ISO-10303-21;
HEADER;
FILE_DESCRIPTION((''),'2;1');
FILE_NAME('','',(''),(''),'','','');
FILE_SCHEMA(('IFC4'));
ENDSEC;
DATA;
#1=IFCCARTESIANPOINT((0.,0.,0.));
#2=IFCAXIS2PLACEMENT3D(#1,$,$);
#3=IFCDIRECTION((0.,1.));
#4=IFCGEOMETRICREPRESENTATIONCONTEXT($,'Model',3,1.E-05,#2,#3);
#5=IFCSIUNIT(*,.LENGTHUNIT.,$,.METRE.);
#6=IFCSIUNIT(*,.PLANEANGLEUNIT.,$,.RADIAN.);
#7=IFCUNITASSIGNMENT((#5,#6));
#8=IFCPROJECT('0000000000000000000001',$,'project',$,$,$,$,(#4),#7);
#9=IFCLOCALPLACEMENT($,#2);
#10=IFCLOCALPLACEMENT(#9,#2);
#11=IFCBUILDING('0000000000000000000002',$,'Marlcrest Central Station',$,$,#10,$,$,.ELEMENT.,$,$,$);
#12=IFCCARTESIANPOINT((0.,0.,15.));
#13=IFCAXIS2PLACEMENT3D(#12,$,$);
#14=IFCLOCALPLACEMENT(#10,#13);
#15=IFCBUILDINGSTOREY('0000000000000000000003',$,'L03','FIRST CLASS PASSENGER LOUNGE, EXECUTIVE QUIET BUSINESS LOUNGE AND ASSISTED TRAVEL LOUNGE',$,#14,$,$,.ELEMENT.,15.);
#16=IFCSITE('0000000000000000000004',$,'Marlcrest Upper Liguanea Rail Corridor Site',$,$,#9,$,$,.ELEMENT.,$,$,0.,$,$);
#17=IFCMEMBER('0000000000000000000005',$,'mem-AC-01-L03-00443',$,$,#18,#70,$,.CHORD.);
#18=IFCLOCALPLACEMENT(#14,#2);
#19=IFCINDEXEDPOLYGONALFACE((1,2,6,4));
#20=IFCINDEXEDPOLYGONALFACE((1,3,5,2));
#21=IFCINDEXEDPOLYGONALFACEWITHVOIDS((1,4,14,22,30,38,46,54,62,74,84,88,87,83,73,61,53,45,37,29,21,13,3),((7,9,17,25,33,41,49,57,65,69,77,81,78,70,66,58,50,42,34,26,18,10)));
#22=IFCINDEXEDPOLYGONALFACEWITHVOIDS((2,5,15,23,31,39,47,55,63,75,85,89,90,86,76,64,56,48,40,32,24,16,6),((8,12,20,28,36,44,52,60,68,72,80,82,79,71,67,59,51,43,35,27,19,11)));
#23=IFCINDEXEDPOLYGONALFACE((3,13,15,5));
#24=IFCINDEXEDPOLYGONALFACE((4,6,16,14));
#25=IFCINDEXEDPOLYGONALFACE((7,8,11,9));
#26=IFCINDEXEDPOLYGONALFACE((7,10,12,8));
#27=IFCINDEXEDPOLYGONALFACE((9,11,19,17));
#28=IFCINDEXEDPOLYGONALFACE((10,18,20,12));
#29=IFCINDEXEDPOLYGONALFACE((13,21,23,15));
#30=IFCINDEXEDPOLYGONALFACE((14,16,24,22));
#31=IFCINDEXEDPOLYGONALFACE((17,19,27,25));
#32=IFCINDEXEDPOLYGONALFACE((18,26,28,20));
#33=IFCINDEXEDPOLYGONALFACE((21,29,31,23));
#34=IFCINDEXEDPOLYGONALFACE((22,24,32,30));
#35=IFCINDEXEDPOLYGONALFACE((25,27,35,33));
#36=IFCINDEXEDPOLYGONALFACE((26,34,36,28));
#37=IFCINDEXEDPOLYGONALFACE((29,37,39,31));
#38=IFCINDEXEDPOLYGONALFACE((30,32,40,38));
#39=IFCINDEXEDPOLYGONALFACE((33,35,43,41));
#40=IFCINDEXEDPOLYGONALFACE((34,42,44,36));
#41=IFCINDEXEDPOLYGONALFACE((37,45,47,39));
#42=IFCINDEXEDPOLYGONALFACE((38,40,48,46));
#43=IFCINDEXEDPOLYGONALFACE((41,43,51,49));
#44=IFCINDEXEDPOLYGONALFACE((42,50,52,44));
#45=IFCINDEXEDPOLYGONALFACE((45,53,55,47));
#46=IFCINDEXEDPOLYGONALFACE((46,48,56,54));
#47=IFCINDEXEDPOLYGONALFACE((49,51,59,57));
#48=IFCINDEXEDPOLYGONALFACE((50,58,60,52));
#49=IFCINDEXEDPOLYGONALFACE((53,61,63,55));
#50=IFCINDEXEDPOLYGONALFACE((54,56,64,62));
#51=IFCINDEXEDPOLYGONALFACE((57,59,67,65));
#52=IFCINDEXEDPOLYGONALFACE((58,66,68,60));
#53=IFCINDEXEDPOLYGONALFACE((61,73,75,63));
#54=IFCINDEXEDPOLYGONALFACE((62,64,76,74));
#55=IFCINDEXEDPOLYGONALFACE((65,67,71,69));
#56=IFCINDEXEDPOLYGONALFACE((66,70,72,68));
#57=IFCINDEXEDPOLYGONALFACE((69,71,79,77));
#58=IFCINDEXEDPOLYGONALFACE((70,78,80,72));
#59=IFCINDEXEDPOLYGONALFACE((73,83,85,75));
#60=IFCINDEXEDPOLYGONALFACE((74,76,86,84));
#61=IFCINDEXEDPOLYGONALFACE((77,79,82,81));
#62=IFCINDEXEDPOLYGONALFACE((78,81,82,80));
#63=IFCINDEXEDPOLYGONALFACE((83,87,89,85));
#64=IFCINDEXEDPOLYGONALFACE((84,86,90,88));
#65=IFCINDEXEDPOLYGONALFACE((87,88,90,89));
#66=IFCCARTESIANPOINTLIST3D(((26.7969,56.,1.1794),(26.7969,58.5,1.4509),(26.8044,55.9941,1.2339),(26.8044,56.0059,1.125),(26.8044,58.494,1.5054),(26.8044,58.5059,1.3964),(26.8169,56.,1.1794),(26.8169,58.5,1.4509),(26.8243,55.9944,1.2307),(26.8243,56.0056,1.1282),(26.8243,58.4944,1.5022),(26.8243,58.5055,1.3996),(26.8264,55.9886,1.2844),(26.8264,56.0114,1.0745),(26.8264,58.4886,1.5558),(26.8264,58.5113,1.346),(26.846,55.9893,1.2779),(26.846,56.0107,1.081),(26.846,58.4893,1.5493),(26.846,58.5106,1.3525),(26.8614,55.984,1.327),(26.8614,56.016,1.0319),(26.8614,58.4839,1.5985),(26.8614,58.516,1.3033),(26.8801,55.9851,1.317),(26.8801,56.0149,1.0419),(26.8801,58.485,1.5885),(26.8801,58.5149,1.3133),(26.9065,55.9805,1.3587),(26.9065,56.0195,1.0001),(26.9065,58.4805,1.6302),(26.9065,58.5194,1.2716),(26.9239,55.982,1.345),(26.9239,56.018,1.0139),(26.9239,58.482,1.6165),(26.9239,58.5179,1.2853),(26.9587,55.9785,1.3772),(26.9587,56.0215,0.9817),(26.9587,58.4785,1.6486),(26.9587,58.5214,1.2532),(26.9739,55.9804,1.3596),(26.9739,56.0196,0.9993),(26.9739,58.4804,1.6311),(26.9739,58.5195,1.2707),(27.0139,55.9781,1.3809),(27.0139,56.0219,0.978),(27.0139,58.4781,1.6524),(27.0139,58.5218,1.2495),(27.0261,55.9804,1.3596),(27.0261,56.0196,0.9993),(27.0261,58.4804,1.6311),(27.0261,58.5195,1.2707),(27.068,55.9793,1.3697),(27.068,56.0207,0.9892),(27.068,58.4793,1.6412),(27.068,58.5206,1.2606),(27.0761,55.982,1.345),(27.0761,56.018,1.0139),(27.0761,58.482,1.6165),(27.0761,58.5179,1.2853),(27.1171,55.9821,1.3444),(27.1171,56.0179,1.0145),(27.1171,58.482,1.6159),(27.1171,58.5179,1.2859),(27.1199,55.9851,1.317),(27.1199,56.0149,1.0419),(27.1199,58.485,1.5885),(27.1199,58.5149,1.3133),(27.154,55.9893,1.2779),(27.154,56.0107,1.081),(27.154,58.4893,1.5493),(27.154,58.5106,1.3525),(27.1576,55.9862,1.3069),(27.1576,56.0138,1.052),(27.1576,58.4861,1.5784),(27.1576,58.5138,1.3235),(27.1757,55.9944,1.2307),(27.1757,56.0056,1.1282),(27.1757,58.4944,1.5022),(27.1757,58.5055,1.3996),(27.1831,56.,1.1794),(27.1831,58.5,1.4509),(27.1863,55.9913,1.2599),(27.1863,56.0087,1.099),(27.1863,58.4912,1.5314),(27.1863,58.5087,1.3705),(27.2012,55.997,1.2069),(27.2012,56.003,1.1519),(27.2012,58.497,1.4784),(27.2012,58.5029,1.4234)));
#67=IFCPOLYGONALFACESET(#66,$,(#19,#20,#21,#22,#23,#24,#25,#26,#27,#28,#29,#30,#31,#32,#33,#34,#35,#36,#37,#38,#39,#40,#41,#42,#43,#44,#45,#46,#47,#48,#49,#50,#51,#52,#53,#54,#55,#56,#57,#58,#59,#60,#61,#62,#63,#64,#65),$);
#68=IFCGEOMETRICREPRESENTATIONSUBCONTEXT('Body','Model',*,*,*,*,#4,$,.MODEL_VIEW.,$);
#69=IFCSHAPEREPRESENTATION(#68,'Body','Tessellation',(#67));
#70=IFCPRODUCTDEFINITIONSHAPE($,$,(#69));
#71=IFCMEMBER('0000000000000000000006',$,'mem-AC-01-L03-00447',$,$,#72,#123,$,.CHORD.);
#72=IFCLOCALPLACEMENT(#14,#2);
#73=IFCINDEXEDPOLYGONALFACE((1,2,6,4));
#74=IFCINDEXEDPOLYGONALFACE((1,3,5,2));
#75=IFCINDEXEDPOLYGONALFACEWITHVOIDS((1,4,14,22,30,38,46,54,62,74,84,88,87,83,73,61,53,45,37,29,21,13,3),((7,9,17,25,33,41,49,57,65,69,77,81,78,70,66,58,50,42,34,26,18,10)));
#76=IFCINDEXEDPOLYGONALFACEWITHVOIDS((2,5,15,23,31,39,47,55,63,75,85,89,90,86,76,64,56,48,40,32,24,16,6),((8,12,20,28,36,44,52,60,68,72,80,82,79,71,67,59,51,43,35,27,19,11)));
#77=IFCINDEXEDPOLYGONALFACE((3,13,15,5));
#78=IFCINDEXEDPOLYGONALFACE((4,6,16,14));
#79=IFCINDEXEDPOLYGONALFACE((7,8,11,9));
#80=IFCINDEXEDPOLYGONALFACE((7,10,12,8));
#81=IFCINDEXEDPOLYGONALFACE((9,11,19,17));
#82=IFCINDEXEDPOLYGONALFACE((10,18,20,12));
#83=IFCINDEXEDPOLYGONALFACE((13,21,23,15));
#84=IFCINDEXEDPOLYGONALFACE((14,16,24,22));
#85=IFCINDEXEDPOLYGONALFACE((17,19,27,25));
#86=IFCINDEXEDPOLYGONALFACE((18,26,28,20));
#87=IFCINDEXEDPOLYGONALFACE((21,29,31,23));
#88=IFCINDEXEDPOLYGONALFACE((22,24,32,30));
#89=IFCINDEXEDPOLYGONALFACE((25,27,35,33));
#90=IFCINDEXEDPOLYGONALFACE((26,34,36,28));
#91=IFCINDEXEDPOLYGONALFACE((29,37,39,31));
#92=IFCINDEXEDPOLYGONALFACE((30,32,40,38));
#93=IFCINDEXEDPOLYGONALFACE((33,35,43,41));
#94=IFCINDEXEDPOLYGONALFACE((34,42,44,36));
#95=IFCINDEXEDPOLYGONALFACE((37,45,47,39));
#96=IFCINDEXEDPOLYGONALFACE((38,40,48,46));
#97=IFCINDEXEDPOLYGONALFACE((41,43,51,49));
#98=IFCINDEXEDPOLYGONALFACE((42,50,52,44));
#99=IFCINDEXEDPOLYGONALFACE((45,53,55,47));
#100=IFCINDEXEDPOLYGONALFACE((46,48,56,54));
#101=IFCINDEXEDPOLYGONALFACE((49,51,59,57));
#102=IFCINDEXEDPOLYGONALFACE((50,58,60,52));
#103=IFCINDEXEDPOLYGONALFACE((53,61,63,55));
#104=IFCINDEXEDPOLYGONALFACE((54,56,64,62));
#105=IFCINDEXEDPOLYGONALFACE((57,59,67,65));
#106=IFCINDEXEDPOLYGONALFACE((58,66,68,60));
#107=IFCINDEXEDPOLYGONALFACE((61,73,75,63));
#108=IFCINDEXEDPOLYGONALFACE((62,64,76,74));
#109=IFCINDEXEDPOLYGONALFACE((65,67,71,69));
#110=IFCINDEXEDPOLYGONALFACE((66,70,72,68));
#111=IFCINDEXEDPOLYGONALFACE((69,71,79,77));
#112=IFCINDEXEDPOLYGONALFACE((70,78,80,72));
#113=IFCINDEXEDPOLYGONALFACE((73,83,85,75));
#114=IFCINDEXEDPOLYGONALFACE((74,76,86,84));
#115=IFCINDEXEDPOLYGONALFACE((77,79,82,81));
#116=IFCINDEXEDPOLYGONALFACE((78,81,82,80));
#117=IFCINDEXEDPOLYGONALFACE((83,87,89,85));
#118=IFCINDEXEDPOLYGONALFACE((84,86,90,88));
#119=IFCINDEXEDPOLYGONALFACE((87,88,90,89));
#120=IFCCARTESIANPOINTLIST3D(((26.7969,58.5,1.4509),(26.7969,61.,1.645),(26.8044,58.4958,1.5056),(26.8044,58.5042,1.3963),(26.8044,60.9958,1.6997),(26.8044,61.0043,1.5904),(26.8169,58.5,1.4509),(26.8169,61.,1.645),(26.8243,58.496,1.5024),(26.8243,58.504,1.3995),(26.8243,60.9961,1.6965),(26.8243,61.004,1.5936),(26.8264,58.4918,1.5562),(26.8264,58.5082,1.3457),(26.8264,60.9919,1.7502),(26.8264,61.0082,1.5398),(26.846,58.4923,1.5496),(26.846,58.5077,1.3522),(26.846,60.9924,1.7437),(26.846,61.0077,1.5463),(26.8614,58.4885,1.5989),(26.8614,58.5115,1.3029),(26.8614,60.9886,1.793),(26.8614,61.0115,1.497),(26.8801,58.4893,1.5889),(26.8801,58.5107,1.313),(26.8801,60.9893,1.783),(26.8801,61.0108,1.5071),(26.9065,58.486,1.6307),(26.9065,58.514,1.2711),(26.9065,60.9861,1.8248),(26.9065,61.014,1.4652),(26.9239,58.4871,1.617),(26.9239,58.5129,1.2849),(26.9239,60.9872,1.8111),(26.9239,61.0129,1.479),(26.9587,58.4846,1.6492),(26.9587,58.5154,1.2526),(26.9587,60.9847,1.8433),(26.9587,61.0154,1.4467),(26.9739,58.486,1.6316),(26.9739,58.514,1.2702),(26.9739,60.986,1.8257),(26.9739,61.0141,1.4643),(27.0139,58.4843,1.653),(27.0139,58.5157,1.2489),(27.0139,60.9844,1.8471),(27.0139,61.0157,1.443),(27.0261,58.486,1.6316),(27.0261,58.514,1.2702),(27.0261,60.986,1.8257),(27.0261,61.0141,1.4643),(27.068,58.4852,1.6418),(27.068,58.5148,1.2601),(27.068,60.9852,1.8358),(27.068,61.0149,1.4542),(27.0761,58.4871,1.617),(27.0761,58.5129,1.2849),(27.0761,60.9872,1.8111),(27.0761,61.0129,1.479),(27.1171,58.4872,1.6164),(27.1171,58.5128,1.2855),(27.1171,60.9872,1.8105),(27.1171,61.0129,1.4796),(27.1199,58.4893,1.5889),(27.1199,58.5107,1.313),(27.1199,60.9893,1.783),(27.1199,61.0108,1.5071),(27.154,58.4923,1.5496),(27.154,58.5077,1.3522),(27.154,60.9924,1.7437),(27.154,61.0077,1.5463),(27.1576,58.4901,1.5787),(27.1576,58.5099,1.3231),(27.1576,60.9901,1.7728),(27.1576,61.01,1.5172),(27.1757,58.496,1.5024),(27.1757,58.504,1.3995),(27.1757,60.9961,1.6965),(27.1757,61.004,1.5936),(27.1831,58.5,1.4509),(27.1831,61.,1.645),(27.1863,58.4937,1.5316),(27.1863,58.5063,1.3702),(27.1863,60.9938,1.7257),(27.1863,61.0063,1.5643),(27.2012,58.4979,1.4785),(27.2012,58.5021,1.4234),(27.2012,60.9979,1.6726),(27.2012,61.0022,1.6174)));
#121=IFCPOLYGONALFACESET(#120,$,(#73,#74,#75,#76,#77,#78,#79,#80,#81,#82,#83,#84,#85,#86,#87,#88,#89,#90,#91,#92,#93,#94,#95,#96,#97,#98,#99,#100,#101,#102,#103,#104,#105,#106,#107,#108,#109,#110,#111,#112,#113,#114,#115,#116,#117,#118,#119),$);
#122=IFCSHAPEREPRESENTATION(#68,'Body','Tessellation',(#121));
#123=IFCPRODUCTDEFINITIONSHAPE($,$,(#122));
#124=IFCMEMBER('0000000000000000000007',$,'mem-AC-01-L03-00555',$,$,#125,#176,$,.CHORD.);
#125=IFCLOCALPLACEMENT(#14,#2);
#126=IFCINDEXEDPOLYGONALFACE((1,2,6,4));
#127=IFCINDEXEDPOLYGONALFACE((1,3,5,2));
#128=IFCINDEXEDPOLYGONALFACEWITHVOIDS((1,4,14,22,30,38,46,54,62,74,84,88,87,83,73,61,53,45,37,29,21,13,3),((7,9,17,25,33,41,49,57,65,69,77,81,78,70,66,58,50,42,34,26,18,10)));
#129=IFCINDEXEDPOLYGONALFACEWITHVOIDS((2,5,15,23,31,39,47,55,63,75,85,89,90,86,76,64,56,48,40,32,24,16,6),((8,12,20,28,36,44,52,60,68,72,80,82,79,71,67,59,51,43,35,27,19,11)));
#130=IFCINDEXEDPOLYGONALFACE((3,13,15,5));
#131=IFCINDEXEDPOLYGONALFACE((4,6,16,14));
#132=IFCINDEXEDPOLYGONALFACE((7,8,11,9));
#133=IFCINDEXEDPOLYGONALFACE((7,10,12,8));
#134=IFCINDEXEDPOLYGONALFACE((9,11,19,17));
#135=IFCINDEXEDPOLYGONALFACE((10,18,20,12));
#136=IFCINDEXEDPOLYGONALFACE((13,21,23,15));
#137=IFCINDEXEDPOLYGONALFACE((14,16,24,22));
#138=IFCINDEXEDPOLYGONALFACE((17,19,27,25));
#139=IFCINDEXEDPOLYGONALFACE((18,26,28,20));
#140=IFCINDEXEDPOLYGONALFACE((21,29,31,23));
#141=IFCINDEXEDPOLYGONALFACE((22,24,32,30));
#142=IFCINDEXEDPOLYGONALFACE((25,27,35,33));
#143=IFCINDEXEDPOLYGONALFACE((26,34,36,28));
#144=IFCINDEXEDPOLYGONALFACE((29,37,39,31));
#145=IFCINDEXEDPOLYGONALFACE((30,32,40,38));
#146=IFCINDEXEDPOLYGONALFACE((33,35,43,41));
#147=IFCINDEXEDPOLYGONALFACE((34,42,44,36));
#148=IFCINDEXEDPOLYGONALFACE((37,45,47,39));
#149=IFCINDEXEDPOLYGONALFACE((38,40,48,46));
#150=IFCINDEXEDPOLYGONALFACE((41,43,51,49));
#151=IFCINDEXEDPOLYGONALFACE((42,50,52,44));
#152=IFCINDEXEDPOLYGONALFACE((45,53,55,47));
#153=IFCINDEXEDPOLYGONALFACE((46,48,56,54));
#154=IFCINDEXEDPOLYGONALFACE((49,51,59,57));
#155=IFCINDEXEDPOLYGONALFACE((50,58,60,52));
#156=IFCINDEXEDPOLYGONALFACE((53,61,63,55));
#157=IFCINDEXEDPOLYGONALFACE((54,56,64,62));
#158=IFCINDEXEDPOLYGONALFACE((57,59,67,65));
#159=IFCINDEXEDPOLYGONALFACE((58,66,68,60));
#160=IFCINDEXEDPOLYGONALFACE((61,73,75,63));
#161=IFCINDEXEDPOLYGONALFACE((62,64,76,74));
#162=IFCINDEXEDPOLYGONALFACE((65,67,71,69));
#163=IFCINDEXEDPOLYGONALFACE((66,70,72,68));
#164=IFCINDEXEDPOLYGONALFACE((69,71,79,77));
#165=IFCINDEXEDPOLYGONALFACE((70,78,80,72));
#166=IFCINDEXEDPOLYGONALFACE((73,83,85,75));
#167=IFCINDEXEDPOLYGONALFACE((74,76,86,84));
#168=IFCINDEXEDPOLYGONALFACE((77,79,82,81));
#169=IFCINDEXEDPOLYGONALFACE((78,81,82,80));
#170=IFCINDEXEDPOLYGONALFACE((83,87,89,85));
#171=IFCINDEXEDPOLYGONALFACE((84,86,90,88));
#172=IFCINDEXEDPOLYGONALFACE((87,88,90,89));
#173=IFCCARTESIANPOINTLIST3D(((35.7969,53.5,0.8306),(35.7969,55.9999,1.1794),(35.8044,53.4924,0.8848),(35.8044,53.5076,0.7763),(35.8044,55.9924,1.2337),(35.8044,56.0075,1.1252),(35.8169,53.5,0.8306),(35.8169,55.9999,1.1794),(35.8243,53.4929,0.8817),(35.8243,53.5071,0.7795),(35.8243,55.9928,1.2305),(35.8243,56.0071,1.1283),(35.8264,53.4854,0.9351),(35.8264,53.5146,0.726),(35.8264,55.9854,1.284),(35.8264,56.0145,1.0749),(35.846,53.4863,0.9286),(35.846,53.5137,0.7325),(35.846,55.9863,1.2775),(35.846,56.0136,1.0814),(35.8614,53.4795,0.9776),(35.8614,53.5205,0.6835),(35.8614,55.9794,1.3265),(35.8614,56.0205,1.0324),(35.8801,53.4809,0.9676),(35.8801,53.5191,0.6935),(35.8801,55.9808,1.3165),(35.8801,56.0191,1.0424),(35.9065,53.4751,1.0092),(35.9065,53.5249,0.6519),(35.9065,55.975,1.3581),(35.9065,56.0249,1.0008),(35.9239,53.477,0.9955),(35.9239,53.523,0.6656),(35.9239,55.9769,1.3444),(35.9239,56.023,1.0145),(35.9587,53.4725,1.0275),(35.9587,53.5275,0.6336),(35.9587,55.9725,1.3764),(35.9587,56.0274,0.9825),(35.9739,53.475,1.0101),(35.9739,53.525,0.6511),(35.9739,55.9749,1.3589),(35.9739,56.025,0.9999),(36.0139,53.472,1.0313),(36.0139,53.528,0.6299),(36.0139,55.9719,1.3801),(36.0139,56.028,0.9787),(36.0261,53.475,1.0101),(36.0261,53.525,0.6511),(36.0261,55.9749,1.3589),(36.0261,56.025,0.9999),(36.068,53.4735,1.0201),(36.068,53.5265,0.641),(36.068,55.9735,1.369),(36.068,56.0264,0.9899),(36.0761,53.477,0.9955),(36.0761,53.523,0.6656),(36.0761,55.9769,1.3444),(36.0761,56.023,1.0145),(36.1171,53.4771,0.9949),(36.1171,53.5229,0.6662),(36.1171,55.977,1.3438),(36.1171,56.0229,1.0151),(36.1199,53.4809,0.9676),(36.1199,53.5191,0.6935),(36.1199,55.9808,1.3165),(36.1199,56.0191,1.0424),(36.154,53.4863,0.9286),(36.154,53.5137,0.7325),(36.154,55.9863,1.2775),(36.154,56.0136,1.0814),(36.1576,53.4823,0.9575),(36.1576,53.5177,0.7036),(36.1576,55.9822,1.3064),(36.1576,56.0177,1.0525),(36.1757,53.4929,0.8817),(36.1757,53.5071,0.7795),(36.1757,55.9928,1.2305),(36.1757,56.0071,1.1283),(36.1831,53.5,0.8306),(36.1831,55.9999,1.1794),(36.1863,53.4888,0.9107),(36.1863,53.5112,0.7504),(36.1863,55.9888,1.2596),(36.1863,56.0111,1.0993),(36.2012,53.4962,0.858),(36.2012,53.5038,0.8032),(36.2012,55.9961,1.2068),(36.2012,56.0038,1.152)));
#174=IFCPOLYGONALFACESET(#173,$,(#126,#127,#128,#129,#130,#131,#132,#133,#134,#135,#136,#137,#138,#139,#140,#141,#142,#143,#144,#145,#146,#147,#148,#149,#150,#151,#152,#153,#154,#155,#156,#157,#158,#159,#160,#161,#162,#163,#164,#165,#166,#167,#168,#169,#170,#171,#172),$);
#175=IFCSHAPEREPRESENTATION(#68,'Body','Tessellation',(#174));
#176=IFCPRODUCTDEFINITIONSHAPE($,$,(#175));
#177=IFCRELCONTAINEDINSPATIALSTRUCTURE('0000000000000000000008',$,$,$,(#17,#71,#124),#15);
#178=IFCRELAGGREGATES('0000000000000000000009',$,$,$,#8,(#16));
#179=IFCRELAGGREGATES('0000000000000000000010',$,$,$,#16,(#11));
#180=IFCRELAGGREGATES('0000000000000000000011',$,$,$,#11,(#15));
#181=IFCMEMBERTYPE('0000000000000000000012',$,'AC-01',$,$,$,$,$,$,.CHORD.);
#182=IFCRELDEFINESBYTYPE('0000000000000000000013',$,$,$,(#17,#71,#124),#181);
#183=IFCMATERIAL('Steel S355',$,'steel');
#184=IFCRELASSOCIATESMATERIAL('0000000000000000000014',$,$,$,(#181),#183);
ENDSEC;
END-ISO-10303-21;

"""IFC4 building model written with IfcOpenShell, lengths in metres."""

from ifc_helpers import new_model, si_unit, direction, frame, origin, origin_2d, place, context, subcontext, project, spatial, hollow_circle, extrude, material, material_profile, profile_set, type_object, element, save


model = new_model("IFC4")

# Units and contexts
model_context = context("Model", 3, precision=1e-05, world=origin(), true_north=direction((0.0, 1.0)))
body_context = subcontext(model_context, "Body", "Model", "MODEL_VIEW")
ifc_project = project(units=[si_unit("LENGTHUNIT", "METRE"), si_unit("PLANEANGLEUNIT", "RADIAN")], contexts=[model_context])

# Site, building, storey
site_placement = place(None, origin())
site = spatial("IfcSite", under=ifc_project, at=site_placement, Name="Marlcrest Upper Liguanea Rail Corridor Site", CompositionType="ELEMENT", RefElevation=0.0)
building_placement = place(site_placement, origin())
building = spatial("IfcBuilding", under=site, at=building_placement, Name="Marlcrest Central Station", CompositionType="ELEMENT")
storey_placement = place(building_placement, frame((0.0, 0.0, 15.0)))
storey = spatial("IfcBuildingStorey", under=building, at=storey_placement, Name="L03", Description="FIRST CLASS PASSENGER LOUNGE, EXECUTIVE QUIET BUSINESS LOUNGE AND ASSISTED TRAVEL LOUNGE", CompositionType="ELEMENT", Elevation=15.0)

# Members
ifc_material_1 = material(Name="Steel S355", Category="steel")
ifc_material_profile_1 = material_profile(ifc_material_1, hollow_circle(Radius=0.2031, WallThickness=0.02, at=origin_2d()), Name="CHS 406.4x20")
ifc_profile_set_1 = profile_set([ifc_material_profile_1], Name="Steel S355")
member_type_1 = type_object("IfcMemberType", Name="AC-01", PredefinedType="CHORD", material=ifc_profile_set_1)
member_1_placement = place(storey_placement, frame((27.0, 56.0, 1.1794), z_axis=(0.0, 0.994155, 0.107959), x_axis=(-1.0, 0.0, 0.0)))
element("IfcMember", 1, at=member_1_placement, inside=storey, type_object=member_type_1, Name="mem-AC-01-L03-00443", PredefinedType="CHORD", context=body_context, shape_type="SweptSolid", body=[
    extrude(hollow_circle(Radius=0.2031, WallThickness=0.02, at=origin_2d()), origin(), (0.0, 0.0, 1.0), 2.5146),
])
member_2_placement = place(storey_placement, frame((27.0, 58.5, 1.4509), z_axis=(0.0, 0.997, 0.077404), x_axis=(-1.0, 0.0, 0.0)))
element("IfcMember", 2, at=member_2_placement, inside=storey, type_object=member_type_1, Name="mem-AC-01-L03-00447", PredefinedType="CHORD", context=body_context, shape_type="SweptSolid", body=[
    extrude(hollow_circle(Radius=0.2031, WallThickness=0.02, at=origin_2d()), origin(), (0.0, 0.0, 1.0), 2.5076),
])
member_3_placement = place(storey_placement, frame((36.0, 53.5, 0.8306), z_axis=(0.0, 0.990403, 0.138211), x_axis=(-1.0, 0.0, 0.0)))
element("IfcMember", 3, at=member_3_placement, inside=storey, type_object=member_type_1, Name="mem-AC-01-L03-00555", PredefinedType="CHORD", context=body_context, shape_type="SweptSolid", body=[
    extrude(hollow_circle(Radius=0.2031, WallThickness=0.02, at=origin_2d()), origin(), (0.0, 0.0, 1.0), 2.5242),
])

save(model, "model.ifc")
